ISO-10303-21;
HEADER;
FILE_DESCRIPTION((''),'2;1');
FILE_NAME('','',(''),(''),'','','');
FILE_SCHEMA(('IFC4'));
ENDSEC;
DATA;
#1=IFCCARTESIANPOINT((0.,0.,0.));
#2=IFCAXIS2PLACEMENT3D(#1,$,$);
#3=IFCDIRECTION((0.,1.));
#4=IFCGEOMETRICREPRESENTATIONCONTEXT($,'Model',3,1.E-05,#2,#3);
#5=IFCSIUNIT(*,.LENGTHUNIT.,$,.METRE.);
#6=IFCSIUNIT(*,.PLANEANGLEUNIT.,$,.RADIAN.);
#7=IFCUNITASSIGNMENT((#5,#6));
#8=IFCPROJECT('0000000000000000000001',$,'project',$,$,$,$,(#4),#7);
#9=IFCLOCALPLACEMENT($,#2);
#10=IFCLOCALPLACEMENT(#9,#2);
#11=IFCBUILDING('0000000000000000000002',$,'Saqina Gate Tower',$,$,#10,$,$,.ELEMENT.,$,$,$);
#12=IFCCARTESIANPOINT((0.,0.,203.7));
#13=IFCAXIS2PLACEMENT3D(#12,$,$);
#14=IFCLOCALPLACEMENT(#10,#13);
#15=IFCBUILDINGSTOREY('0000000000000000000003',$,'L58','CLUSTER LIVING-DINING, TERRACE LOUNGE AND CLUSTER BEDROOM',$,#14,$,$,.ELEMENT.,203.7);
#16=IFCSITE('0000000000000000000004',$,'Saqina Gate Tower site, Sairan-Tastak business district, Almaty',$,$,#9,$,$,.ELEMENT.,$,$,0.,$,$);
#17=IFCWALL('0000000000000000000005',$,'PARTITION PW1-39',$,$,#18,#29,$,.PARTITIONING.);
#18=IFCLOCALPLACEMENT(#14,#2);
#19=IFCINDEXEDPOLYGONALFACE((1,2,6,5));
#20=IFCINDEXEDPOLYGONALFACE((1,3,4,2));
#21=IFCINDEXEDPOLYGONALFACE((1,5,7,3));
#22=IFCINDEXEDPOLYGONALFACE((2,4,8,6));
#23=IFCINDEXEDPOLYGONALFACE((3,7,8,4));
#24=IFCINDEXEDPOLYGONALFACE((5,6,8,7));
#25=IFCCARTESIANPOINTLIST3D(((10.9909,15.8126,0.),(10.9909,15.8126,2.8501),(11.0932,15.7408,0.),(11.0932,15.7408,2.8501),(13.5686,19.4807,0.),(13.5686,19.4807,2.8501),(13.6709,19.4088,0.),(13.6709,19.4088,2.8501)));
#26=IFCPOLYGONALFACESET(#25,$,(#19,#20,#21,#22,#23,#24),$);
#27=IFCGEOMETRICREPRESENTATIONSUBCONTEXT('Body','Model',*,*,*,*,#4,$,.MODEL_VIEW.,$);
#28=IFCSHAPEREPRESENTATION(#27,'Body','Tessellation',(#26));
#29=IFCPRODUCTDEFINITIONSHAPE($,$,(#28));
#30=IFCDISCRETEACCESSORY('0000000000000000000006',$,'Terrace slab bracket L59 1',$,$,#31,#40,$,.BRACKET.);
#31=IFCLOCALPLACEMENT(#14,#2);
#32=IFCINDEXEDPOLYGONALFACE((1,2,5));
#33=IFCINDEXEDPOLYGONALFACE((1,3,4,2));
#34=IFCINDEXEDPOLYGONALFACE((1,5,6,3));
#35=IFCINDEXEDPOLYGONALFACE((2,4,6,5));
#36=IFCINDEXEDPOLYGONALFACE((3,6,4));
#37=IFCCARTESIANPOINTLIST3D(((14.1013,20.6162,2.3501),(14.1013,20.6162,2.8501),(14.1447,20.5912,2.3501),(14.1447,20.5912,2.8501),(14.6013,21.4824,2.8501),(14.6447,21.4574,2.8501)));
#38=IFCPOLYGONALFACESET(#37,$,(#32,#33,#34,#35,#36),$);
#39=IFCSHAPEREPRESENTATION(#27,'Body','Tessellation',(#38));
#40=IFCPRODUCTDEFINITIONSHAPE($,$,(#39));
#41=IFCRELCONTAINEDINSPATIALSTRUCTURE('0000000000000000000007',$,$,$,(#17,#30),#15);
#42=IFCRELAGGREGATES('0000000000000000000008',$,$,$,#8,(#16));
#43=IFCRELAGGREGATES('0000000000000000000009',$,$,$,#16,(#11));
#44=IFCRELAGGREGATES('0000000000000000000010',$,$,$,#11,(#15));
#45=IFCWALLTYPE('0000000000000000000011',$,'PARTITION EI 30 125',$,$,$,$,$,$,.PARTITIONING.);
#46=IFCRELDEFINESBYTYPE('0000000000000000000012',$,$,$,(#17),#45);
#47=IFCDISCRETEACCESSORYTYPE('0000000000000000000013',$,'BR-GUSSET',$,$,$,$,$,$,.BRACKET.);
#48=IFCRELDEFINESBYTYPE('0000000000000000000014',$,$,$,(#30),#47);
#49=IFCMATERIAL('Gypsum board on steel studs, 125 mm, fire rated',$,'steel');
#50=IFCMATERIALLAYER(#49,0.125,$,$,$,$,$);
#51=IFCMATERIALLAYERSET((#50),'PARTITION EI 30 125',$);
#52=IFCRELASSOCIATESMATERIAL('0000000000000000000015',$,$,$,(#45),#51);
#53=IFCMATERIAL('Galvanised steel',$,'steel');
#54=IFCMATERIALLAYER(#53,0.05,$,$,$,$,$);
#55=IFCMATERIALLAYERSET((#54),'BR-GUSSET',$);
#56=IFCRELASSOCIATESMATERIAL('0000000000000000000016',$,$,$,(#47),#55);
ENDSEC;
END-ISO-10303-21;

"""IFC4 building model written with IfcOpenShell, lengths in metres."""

from ifc_helpers import new_model, si_unit, direction, frame, frame_2d, origin, place, context, subcontext, project, spatial, polyline, rectangle, outline, extrude, material, layer, layer_set, type_object, element, save


model = new_model("IFC4")

# Units and contexts
model_context = context("Model", 3, precision=1e-05, world=origin(), true_north=direction((0.0, 1.0)))
body_context = subcontext(model_context, "Body", "Model", "MODEL_VIEW")
ifc_project = project(units=[si_unit("LENGTHUNIT", "METRE"), si_unit("PLANEANGLEUNIT", "RADIAN")], contexts=[model_context])

# Site, building, storey
site_placement = place(None, origin())
site = spatial("IfcSite", under=ifc_project, at=site_placement, Name="Saqina Gate Tower site, Sairan-Tastak business district, Almaty", CompositionType="ELEMENT", RefElevation=0.0)
building_placement = place(site_placement, origin())
building = spatial("IfcBuilding", under=site, at=building_placement, Name="Saqina Gate Tower", CompositionType="ELEMENT")
storey_placement = place(building_placement, frame((0.0, 0.0, 203.7)))
storey = spatial("IfcBuildingStorey", under=building, at=storey_placement, Name="L58", Description="CLUSTER LIVING-DINING, TERRACE LOUNGE AND CLUSTER BEDROOM", CompositionType="ELEMENT", Elevation=203.7)

# Shared definitions
ifc_material_1 = material(Name="Gypsum board on steel studs, 125 mm, fire rated", Category="steel")
ifc_layer_1 = layer(ifc_material_1, 0.125)
ifc_layer_set_1 = layer_set([ifc_layer_1], Name="PARTITION EI 30 125")
wall_type_1 = type_object("IfcWallType", Name="PARTITION EI 30 125", PredefinedType="PARTITIONING", material=ifc_layer_set_1)

# Wall
wall_1_placement = place(storey_placement, frame((11.042, 15.7766, 0.0), z_axis=(0.0, 0.0, 1.0), x_axis=(0.574967, 0.818176, 0.0)))
element("IfcWall", 1, at=wall_1_placement, inside=storey, type_object=wall_type_1, Name="PARTITION PW1-39", PredefinedType="PARTITIONING", context=body_context, shape_type="SweptSolid", body=[
    extrude(rectangle(XDim=4.4832, YDim=0.125, at=frame_2d((2.2417, 0.0))), origin(), (0.0, 0.0, 1.0), 2.8501),
])

# Discrete accessory
ifc_material_2 = material(Name="Galvanised steel", Category="steel")
ifc_layer_2 = layer(ifc_material_2, 0.05)
ifc_layer_set_2 = layer_set([ifc_layer_2], Name="BR-GUSSET")
discrete_accessory_type = type_object("IfcDiscreteAccessoryType", Name="BR-GUSSET", PredefinedType="BRACKET", material=ifc_layer_set_2)
discrete_accessory_placement = place(storey_placement, frame((14.1013, 20.6162, 2.3501), z_axis=(-0.866072, 0.49992, 0.0), x_axis=(0.0, 0.0, 1.0)))
element("IfcDiscreteAccessory", 2, at=discrete_accessory_placement, inside=storey, type_object=discrete_accessory_type, Name="Terrace slab bracket L59 1", PredefinedType="BRACKET", context=body_context, shape_type="SweptSolid", body=[
    extrude(outline(polyline([(0.0, 0.0), (0.5, 0.0), (0.5, 1.0002), (0.0, 0.0)])), origin(), (0.0, 0.0, -1.0), 0.05),
])

save(model, "model.ifc")
